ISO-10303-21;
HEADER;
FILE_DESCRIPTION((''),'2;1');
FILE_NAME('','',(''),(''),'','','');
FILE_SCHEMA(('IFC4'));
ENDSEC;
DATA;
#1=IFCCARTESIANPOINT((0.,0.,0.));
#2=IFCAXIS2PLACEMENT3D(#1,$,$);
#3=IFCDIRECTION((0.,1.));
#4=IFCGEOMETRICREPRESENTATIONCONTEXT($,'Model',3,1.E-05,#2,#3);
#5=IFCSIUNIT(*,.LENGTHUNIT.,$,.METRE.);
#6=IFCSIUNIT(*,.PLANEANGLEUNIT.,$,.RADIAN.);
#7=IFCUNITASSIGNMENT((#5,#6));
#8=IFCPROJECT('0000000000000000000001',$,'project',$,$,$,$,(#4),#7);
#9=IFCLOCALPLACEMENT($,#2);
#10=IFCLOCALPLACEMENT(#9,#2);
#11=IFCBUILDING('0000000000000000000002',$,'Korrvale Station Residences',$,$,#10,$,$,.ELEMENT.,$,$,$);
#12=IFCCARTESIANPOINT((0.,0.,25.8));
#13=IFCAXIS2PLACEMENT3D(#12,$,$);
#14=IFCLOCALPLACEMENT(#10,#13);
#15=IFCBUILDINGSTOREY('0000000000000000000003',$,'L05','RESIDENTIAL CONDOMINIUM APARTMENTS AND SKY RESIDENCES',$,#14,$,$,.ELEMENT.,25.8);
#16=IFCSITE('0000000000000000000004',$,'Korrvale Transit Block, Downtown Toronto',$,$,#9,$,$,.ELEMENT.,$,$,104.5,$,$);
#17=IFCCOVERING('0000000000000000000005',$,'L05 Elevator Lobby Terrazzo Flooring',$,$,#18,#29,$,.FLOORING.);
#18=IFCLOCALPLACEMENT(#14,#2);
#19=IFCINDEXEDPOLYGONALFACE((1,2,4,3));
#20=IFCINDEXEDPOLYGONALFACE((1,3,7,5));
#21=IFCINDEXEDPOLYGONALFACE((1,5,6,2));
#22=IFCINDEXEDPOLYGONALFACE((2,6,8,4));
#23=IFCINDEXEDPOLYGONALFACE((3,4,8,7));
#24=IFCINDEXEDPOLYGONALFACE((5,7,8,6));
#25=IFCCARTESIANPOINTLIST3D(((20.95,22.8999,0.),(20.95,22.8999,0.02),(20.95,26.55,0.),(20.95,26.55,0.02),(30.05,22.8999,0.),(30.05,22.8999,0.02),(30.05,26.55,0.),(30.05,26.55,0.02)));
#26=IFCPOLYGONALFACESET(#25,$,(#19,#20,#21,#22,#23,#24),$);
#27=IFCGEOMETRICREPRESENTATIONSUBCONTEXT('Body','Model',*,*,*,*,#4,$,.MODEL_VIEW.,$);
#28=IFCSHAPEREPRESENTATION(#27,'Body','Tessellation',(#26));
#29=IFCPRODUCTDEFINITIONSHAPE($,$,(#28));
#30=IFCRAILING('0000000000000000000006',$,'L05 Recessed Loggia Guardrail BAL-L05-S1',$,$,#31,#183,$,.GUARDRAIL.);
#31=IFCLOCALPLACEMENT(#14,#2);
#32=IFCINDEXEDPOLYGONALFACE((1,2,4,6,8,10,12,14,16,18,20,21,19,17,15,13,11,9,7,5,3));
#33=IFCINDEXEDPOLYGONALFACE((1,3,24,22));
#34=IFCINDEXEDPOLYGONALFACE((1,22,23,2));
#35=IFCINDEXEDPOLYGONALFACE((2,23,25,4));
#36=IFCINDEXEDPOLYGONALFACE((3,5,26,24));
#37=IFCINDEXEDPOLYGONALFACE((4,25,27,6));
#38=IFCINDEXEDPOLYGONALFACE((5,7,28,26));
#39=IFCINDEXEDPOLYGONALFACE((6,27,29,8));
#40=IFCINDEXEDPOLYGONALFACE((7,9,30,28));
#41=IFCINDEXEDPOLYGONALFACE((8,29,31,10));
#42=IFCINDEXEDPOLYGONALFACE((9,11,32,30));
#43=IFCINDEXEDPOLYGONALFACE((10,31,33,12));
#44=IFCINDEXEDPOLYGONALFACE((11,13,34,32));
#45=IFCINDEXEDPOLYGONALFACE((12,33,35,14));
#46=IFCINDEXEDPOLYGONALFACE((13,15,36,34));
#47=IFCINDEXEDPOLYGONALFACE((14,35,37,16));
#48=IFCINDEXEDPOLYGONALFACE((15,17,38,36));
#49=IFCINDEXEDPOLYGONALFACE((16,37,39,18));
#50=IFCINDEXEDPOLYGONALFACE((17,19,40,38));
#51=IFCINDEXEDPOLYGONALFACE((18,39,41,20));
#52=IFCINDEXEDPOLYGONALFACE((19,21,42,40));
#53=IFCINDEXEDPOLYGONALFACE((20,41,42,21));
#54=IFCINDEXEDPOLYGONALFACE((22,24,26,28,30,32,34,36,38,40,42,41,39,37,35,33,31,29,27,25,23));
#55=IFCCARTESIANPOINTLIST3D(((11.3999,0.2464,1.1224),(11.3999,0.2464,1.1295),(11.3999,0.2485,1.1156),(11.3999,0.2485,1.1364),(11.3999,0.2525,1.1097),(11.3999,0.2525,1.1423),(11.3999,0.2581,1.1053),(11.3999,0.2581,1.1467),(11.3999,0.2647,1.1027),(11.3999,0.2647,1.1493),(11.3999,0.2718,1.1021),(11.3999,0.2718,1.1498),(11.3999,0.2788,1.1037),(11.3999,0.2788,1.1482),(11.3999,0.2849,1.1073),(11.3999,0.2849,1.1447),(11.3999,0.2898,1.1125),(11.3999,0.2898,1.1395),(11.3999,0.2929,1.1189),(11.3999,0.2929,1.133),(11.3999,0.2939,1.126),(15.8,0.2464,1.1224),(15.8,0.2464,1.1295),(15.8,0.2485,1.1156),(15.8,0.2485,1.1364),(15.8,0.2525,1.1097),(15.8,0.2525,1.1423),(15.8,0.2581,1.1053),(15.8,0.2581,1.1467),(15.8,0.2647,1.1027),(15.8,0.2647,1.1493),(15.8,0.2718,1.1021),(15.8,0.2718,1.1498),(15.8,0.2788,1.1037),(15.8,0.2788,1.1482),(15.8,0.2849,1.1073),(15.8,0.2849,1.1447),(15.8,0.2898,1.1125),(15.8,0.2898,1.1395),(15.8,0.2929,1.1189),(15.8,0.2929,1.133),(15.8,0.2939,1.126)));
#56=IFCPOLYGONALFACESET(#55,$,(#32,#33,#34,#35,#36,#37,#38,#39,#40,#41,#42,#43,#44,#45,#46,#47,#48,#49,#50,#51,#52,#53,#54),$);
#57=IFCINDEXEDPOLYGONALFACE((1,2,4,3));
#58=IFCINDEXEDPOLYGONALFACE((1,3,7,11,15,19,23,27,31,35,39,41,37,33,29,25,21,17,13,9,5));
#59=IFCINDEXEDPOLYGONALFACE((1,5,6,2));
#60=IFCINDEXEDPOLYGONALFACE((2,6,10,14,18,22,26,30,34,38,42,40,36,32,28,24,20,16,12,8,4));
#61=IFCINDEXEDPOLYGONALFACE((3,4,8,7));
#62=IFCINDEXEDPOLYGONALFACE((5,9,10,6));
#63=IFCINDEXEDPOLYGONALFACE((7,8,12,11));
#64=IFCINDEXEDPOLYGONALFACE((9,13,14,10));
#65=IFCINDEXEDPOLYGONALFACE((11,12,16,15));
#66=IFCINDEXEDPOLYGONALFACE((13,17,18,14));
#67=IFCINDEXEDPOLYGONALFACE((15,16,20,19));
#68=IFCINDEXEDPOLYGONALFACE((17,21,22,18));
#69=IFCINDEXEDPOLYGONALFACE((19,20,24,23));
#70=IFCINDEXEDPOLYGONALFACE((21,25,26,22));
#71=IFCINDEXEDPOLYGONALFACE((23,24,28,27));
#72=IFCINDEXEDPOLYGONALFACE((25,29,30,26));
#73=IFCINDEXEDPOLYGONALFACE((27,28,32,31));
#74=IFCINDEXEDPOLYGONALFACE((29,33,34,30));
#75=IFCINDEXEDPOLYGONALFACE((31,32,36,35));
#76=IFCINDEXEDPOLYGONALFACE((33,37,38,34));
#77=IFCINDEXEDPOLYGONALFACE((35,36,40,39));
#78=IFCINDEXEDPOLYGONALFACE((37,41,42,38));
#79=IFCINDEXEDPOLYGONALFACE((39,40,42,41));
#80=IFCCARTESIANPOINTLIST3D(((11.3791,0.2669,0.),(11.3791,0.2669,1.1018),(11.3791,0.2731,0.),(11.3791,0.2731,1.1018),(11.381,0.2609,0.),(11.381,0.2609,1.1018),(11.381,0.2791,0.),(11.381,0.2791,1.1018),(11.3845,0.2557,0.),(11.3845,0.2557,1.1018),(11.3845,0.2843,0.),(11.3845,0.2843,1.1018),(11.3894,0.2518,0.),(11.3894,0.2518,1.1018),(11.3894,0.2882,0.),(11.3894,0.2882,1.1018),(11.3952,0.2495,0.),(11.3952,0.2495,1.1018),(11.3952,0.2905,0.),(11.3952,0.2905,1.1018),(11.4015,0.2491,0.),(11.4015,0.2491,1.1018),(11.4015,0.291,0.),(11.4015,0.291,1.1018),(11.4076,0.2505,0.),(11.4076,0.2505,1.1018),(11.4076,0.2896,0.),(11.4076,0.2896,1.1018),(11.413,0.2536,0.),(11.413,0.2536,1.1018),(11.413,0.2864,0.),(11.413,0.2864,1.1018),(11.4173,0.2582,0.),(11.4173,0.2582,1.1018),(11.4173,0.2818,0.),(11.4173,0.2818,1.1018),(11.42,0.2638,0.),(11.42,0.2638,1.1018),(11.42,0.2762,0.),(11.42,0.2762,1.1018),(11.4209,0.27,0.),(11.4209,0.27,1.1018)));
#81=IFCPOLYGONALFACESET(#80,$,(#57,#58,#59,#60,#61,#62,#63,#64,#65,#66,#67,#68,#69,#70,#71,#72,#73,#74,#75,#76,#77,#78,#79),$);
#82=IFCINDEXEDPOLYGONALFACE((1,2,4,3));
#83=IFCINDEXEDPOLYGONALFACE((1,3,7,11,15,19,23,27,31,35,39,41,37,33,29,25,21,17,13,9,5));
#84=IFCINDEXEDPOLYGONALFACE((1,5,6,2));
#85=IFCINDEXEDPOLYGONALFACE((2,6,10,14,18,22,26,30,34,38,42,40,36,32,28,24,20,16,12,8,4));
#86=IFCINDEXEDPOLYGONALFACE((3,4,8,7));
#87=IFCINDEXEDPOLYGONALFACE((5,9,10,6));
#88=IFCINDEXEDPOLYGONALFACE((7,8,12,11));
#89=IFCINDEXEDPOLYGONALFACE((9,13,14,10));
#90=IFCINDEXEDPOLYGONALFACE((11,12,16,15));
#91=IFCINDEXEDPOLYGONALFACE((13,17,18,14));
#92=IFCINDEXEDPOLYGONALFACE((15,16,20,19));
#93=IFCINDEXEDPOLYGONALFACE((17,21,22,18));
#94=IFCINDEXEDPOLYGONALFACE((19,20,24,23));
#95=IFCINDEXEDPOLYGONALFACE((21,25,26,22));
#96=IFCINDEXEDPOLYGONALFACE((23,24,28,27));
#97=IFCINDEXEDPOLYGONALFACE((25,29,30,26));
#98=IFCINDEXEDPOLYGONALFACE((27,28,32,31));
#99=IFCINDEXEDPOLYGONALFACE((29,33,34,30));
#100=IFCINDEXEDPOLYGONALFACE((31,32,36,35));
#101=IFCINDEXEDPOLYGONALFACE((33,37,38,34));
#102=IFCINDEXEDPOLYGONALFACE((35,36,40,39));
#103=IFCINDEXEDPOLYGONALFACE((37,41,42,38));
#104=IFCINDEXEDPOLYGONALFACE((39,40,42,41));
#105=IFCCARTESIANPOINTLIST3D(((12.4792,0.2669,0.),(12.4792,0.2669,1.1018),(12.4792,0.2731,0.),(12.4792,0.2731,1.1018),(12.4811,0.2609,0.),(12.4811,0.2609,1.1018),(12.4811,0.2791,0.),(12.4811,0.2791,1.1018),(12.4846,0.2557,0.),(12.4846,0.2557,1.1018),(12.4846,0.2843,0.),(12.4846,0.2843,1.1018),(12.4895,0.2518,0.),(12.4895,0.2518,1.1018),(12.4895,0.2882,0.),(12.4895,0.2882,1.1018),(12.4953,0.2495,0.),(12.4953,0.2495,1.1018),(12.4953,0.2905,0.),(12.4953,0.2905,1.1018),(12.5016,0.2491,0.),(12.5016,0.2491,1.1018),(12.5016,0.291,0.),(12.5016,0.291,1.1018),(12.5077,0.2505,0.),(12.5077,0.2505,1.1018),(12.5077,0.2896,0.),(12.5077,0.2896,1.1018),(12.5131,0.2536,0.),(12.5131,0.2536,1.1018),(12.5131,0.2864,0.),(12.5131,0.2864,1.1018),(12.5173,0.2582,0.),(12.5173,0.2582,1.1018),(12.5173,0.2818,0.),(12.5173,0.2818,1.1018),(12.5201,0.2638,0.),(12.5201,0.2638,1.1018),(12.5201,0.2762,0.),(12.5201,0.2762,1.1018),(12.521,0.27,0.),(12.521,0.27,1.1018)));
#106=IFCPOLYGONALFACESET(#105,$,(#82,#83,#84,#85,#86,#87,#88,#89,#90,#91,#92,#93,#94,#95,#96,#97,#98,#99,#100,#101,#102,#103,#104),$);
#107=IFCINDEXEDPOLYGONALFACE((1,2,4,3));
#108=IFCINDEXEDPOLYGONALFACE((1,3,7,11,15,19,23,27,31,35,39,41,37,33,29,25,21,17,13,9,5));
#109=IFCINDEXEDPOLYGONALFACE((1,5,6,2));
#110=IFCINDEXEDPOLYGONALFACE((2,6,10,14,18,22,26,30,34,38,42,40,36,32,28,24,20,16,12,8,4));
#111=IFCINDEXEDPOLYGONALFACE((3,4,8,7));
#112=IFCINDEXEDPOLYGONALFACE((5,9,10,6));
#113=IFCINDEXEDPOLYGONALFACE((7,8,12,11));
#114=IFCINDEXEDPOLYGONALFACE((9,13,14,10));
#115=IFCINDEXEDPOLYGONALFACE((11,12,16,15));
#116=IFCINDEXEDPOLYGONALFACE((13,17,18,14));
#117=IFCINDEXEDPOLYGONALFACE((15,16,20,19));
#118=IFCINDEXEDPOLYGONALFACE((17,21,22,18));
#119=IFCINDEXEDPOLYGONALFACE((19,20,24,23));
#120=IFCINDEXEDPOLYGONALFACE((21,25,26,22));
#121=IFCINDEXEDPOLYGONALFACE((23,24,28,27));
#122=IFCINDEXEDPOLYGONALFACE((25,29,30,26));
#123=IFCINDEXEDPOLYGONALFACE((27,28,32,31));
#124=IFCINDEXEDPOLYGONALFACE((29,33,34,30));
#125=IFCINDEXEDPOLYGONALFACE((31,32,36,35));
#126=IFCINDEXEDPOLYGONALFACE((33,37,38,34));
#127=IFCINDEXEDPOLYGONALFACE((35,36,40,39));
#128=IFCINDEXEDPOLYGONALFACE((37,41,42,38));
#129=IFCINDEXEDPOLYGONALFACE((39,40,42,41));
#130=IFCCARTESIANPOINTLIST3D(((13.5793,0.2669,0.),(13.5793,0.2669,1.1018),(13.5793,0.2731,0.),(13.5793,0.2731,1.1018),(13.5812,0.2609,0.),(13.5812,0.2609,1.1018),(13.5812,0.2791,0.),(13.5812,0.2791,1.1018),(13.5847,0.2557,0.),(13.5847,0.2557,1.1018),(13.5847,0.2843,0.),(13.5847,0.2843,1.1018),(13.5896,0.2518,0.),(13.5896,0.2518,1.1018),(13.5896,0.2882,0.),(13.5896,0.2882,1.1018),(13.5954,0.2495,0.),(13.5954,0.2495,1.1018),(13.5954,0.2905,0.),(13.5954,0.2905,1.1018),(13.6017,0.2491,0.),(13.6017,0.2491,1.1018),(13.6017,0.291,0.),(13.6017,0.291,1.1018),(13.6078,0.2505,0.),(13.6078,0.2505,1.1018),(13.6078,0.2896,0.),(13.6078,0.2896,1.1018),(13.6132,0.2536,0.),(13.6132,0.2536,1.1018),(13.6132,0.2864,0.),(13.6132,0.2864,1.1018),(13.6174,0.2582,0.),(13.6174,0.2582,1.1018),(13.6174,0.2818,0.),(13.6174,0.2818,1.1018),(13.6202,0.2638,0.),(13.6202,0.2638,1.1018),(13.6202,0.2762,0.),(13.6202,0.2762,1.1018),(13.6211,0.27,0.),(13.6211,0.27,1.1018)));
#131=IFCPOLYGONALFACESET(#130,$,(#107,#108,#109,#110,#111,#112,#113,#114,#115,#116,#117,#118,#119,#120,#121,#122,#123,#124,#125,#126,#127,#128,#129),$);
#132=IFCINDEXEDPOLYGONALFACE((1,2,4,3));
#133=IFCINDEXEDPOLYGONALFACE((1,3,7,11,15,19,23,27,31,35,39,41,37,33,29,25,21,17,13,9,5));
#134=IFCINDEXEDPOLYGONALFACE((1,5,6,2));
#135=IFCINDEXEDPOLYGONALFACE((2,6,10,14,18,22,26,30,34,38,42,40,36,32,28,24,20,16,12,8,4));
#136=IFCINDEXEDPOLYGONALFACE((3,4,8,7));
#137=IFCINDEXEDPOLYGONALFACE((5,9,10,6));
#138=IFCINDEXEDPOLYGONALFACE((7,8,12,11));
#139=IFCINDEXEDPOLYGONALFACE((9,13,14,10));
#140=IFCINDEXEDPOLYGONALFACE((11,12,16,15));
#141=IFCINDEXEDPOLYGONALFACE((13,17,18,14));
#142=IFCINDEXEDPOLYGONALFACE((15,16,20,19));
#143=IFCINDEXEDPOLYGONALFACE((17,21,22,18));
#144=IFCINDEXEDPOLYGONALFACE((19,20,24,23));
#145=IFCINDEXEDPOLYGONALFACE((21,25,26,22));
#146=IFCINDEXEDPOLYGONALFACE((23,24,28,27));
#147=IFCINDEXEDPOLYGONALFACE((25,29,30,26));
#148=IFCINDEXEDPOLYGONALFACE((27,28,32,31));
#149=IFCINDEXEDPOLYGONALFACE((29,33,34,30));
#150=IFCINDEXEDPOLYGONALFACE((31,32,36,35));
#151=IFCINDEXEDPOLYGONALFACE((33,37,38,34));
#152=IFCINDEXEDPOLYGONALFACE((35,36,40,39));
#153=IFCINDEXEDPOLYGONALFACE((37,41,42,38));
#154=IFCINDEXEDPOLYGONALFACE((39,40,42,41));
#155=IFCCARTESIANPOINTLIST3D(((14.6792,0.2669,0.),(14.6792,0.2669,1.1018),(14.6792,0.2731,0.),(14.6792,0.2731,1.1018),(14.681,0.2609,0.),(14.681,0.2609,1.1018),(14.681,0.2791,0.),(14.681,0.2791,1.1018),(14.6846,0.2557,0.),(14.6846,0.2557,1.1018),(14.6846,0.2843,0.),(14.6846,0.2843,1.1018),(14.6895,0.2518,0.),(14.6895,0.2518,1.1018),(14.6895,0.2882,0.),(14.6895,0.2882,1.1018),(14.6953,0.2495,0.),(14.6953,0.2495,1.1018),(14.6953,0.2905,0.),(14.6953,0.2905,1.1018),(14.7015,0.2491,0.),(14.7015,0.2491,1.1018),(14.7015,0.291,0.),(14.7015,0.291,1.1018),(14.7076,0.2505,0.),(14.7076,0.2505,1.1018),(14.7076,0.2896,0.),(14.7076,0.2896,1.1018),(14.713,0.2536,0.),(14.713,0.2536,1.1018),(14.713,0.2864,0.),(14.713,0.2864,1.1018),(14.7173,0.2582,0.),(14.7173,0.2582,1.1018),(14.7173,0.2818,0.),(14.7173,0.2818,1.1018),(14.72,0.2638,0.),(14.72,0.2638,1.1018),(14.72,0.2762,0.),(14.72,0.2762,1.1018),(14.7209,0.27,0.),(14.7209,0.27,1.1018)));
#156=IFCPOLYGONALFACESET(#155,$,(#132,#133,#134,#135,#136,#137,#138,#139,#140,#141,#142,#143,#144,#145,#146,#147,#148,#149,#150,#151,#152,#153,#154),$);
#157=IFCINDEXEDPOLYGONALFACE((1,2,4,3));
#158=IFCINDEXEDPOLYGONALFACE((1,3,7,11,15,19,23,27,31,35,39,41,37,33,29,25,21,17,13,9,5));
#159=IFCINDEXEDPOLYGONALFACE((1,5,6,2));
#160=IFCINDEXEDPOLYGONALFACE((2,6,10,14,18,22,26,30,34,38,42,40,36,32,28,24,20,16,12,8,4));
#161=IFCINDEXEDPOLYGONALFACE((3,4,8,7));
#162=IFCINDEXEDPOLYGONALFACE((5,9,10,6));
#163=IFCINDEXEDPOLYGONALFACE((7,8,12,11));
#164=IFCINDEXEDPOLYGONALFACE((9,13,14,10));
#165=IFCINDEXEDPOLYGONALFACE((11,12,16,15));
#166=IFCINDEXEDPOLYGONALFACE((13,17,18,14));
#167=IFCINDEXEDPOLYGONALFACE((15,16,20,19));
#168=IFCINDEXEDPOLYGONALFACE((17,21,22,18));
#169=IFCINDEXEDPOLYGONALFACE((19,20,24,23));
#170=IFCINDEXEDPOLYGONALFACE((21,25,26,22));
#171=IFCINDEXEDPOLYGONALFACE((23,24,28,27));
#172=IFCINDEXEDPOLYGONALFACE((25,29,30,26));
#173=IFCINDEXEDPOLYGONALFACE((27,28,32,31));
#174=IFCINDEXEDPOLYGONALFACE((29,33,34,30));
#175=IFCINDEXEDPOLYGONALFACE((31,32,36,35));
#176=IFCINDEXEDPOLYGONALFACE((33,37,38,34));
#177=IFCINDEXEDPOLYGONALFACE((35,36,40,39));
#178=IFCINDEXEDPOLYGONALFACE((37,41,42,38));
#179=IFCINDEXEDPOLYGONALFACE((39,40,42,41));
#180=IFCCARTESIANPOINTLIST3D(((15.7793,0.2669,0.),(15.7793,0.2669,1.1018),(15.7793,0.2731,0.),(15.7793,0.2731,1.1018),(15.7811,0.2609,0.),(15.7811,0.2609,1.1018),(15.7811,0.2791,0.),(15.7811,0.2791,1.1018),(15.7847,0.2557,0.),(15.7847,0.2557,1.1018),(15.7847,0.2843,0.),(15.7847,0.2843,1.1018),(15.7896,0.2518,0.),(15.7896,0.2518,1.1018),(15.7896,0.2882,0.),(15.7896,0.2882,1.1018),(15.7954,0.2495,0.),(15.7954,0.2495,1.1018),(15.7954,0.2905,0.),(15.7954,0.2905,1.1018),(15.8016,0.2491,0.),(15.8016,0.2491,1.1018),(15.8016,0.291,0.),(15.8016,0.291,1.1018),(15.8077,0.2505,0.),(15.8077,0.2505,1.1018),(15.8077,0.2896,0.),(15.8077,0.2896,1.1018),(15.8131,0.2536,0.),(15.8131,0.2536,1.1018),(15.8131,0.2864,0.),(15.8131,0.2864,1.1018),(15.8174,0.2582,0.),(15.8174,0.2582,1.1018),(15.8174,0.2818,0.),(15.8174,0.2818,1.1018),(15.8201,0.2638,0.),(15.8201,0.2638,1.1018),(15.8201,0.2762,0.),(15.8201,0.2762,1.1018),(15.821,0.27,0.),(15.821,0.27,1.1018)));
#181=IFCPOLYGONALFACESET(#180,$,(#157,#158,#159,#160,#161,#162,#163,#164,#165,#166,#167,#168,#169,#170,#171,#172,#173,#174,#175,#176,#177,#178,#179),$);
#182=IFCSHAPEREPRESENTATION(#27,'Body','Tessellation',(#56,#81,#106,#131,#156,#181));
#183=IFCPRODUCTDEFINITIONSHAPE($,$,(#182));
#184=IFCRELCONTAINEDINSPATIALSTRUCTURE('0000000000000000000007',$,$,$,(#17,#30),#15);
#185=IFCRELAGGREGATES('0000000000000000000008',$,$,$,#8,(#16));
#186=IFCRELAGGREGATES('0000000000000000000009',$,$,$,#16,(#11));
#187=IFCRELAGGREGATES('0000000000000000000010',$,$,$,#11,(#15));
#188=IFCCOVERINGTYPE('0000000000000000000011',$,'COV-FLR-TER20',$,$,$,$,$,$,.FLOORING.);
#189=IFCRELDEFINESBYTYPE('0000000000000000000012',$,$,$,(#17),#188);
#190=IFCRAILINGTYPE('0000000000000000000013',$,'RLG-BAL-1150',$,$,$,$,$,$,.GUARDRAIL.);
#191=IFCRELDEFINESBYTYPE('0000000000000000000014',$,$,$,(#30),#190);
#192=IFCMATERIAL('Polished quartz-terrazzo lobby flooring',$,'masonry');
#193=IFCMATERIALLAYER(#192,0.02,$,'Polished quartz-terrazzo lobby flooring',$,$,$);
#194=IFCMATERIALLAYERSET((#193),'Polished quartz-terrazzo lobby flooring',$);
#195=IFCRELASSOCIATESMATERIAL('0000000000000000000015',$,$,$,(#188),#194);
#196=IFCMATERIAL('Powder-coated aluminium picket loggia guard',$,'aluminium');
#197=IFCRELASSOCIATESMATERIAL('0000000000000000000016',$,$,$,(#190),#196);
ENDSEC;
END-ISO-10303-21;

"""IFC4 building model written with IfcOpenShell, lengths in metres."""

from ifc_helpers import new_model, si_unit, direction, frame, origin, origin_2d, place, context, subcontext, project, spatial, polyline, circle, outline, extrude, material, layer, layer_set, type_object, element, save


model = new_model("IFC4")

# Units and contexts
model_context = context("Model", 3, precision=1e-05, world=origin(), true_north=direction((0.0, 1.0)))
body_context = subcontext(model_context, "Body", "Model", "MODEL_VIEW")
ifc_project = project(units=[si_unit("LENGTHUNIT", "METRE"), si_unit("PLANEANGLEUNIT", "RADIAN")], contexts=[model_context])

# Site, building, storey
site_placement = place(None, origin())
site = spatial("IfcSite", under=ifc_project, at=site_placement, Name="Korrvale Transit Block, Downtown Toronto", CompositionType="ELEMENT", RefElevation=104.5)
building_placement = place(site_placement, origin())
building = spatial("IfcBuilding", under=site, at=building_placement, Name="Korrvale Station Residences", CompositionType="ELEMENT")
storey_placement = place(building_placement, frame((0.0, 0.0, 25.8)))
storey = spatial("IfcBuildingStorey", under=building, at=storey_placement, Name="L05", Description="RESIDENTIAL CONDOMINIUM APARTMENTS AND SKY RESIDENCES", CompositionType="ELEMENT", Elevation=25.8)

# Covering
ifc_material_1 = material(Name="Polished quartz-terrazzo lobby flooring", Category="masonry")
ifc_layer_1 = layer(ifc_material_1, 0.02, Name="Polished quartz-terrazzo lobby flooring")
ifc_layer_set_1 = layer_set([ifc_layer_1], Name="Polished quartz-terrazzo lobby flooring")
covering_type_1 = type_object("IfcCoveringType", Name="COV-FLR-TER20", PredefinedType="FLOORING", material=ifc_layer_set_1)
covering_1_placement = place(storey_placement, origin())
element("IfcCovering", 1, at=covering_1_placement, inside=storey, type_object=covering_type_1, Name="L05 Elevator Lobby Terrazzo Flooring", PredefinedType="FLOORING", context=body_context, shape_type="SweptSolid", body=[
    extrude(outline(polyline([(20.95, 22.8999), (30.05, 22.8999), (30.05, 26.55), (20.95, 26.55), (20.95, 22.8999)])), origin(), (0.0, 0.0, 1.0), 0.02),
])

# Railing
ifc_material_2 = material(Name="Powder-coated aluminium picket loggia guard", Category="aluminium")
railing_type = type_object("IfcRailingType", Name="RLG-BAL-1150", PredefinedType="GUARDRAIL", material=ifc_material_2)
railing_placement = place(storey_placement, frame((11.3999, 0.27, 0.0)))
element("IfcRailing", 2, at=railing_placement, inside=storey, type_object=railing_type, Name="L05 Recessed Loggia Guardrail BAL-L05-S1", PredefinedType="GUARDRAIL", context=body_context, shape_type="SweptSolid", body=[
    extrude(circle(Radius=0.0239, at=origin_2d()), frame((0.0, 0.0, 1.126), z_axis=(1.0, 0.0, 0.0), x_axis=(0.0, 1.0, 0.0)), (0.0, 0.0, 1.0), 4.4001),
    extrude(circle(Radius=0.021, at=origin_2d()), origin(), (0.0, 0.0, 1.0), 1.1018),
    extrude(circle(Radius=0.021, at=origin_2d()), frame((1.1001, 0.0, 0.0)), (0.0, 0.0, 1.0), 1.1018),
    extrude(circle(Radius=0.021, at=origin_2d()), frame((2.2002, 0.0, 0.0)), (0.0, 0.0, 1.0), 1.1018),
    extrude(circle(Radius=0.021, at=origin_2d()), frame((3.3, 0.0, 0.0)), (0.0, 0.0, 1.0), 1.1018),
    extrude(circle(Radius=0.021, at=origin_2d()), frame((4.4001, 0.0, 0.0)), (0.0, 0.0, 1.0), 1.1018),
])

save(model, "model.ifc")
